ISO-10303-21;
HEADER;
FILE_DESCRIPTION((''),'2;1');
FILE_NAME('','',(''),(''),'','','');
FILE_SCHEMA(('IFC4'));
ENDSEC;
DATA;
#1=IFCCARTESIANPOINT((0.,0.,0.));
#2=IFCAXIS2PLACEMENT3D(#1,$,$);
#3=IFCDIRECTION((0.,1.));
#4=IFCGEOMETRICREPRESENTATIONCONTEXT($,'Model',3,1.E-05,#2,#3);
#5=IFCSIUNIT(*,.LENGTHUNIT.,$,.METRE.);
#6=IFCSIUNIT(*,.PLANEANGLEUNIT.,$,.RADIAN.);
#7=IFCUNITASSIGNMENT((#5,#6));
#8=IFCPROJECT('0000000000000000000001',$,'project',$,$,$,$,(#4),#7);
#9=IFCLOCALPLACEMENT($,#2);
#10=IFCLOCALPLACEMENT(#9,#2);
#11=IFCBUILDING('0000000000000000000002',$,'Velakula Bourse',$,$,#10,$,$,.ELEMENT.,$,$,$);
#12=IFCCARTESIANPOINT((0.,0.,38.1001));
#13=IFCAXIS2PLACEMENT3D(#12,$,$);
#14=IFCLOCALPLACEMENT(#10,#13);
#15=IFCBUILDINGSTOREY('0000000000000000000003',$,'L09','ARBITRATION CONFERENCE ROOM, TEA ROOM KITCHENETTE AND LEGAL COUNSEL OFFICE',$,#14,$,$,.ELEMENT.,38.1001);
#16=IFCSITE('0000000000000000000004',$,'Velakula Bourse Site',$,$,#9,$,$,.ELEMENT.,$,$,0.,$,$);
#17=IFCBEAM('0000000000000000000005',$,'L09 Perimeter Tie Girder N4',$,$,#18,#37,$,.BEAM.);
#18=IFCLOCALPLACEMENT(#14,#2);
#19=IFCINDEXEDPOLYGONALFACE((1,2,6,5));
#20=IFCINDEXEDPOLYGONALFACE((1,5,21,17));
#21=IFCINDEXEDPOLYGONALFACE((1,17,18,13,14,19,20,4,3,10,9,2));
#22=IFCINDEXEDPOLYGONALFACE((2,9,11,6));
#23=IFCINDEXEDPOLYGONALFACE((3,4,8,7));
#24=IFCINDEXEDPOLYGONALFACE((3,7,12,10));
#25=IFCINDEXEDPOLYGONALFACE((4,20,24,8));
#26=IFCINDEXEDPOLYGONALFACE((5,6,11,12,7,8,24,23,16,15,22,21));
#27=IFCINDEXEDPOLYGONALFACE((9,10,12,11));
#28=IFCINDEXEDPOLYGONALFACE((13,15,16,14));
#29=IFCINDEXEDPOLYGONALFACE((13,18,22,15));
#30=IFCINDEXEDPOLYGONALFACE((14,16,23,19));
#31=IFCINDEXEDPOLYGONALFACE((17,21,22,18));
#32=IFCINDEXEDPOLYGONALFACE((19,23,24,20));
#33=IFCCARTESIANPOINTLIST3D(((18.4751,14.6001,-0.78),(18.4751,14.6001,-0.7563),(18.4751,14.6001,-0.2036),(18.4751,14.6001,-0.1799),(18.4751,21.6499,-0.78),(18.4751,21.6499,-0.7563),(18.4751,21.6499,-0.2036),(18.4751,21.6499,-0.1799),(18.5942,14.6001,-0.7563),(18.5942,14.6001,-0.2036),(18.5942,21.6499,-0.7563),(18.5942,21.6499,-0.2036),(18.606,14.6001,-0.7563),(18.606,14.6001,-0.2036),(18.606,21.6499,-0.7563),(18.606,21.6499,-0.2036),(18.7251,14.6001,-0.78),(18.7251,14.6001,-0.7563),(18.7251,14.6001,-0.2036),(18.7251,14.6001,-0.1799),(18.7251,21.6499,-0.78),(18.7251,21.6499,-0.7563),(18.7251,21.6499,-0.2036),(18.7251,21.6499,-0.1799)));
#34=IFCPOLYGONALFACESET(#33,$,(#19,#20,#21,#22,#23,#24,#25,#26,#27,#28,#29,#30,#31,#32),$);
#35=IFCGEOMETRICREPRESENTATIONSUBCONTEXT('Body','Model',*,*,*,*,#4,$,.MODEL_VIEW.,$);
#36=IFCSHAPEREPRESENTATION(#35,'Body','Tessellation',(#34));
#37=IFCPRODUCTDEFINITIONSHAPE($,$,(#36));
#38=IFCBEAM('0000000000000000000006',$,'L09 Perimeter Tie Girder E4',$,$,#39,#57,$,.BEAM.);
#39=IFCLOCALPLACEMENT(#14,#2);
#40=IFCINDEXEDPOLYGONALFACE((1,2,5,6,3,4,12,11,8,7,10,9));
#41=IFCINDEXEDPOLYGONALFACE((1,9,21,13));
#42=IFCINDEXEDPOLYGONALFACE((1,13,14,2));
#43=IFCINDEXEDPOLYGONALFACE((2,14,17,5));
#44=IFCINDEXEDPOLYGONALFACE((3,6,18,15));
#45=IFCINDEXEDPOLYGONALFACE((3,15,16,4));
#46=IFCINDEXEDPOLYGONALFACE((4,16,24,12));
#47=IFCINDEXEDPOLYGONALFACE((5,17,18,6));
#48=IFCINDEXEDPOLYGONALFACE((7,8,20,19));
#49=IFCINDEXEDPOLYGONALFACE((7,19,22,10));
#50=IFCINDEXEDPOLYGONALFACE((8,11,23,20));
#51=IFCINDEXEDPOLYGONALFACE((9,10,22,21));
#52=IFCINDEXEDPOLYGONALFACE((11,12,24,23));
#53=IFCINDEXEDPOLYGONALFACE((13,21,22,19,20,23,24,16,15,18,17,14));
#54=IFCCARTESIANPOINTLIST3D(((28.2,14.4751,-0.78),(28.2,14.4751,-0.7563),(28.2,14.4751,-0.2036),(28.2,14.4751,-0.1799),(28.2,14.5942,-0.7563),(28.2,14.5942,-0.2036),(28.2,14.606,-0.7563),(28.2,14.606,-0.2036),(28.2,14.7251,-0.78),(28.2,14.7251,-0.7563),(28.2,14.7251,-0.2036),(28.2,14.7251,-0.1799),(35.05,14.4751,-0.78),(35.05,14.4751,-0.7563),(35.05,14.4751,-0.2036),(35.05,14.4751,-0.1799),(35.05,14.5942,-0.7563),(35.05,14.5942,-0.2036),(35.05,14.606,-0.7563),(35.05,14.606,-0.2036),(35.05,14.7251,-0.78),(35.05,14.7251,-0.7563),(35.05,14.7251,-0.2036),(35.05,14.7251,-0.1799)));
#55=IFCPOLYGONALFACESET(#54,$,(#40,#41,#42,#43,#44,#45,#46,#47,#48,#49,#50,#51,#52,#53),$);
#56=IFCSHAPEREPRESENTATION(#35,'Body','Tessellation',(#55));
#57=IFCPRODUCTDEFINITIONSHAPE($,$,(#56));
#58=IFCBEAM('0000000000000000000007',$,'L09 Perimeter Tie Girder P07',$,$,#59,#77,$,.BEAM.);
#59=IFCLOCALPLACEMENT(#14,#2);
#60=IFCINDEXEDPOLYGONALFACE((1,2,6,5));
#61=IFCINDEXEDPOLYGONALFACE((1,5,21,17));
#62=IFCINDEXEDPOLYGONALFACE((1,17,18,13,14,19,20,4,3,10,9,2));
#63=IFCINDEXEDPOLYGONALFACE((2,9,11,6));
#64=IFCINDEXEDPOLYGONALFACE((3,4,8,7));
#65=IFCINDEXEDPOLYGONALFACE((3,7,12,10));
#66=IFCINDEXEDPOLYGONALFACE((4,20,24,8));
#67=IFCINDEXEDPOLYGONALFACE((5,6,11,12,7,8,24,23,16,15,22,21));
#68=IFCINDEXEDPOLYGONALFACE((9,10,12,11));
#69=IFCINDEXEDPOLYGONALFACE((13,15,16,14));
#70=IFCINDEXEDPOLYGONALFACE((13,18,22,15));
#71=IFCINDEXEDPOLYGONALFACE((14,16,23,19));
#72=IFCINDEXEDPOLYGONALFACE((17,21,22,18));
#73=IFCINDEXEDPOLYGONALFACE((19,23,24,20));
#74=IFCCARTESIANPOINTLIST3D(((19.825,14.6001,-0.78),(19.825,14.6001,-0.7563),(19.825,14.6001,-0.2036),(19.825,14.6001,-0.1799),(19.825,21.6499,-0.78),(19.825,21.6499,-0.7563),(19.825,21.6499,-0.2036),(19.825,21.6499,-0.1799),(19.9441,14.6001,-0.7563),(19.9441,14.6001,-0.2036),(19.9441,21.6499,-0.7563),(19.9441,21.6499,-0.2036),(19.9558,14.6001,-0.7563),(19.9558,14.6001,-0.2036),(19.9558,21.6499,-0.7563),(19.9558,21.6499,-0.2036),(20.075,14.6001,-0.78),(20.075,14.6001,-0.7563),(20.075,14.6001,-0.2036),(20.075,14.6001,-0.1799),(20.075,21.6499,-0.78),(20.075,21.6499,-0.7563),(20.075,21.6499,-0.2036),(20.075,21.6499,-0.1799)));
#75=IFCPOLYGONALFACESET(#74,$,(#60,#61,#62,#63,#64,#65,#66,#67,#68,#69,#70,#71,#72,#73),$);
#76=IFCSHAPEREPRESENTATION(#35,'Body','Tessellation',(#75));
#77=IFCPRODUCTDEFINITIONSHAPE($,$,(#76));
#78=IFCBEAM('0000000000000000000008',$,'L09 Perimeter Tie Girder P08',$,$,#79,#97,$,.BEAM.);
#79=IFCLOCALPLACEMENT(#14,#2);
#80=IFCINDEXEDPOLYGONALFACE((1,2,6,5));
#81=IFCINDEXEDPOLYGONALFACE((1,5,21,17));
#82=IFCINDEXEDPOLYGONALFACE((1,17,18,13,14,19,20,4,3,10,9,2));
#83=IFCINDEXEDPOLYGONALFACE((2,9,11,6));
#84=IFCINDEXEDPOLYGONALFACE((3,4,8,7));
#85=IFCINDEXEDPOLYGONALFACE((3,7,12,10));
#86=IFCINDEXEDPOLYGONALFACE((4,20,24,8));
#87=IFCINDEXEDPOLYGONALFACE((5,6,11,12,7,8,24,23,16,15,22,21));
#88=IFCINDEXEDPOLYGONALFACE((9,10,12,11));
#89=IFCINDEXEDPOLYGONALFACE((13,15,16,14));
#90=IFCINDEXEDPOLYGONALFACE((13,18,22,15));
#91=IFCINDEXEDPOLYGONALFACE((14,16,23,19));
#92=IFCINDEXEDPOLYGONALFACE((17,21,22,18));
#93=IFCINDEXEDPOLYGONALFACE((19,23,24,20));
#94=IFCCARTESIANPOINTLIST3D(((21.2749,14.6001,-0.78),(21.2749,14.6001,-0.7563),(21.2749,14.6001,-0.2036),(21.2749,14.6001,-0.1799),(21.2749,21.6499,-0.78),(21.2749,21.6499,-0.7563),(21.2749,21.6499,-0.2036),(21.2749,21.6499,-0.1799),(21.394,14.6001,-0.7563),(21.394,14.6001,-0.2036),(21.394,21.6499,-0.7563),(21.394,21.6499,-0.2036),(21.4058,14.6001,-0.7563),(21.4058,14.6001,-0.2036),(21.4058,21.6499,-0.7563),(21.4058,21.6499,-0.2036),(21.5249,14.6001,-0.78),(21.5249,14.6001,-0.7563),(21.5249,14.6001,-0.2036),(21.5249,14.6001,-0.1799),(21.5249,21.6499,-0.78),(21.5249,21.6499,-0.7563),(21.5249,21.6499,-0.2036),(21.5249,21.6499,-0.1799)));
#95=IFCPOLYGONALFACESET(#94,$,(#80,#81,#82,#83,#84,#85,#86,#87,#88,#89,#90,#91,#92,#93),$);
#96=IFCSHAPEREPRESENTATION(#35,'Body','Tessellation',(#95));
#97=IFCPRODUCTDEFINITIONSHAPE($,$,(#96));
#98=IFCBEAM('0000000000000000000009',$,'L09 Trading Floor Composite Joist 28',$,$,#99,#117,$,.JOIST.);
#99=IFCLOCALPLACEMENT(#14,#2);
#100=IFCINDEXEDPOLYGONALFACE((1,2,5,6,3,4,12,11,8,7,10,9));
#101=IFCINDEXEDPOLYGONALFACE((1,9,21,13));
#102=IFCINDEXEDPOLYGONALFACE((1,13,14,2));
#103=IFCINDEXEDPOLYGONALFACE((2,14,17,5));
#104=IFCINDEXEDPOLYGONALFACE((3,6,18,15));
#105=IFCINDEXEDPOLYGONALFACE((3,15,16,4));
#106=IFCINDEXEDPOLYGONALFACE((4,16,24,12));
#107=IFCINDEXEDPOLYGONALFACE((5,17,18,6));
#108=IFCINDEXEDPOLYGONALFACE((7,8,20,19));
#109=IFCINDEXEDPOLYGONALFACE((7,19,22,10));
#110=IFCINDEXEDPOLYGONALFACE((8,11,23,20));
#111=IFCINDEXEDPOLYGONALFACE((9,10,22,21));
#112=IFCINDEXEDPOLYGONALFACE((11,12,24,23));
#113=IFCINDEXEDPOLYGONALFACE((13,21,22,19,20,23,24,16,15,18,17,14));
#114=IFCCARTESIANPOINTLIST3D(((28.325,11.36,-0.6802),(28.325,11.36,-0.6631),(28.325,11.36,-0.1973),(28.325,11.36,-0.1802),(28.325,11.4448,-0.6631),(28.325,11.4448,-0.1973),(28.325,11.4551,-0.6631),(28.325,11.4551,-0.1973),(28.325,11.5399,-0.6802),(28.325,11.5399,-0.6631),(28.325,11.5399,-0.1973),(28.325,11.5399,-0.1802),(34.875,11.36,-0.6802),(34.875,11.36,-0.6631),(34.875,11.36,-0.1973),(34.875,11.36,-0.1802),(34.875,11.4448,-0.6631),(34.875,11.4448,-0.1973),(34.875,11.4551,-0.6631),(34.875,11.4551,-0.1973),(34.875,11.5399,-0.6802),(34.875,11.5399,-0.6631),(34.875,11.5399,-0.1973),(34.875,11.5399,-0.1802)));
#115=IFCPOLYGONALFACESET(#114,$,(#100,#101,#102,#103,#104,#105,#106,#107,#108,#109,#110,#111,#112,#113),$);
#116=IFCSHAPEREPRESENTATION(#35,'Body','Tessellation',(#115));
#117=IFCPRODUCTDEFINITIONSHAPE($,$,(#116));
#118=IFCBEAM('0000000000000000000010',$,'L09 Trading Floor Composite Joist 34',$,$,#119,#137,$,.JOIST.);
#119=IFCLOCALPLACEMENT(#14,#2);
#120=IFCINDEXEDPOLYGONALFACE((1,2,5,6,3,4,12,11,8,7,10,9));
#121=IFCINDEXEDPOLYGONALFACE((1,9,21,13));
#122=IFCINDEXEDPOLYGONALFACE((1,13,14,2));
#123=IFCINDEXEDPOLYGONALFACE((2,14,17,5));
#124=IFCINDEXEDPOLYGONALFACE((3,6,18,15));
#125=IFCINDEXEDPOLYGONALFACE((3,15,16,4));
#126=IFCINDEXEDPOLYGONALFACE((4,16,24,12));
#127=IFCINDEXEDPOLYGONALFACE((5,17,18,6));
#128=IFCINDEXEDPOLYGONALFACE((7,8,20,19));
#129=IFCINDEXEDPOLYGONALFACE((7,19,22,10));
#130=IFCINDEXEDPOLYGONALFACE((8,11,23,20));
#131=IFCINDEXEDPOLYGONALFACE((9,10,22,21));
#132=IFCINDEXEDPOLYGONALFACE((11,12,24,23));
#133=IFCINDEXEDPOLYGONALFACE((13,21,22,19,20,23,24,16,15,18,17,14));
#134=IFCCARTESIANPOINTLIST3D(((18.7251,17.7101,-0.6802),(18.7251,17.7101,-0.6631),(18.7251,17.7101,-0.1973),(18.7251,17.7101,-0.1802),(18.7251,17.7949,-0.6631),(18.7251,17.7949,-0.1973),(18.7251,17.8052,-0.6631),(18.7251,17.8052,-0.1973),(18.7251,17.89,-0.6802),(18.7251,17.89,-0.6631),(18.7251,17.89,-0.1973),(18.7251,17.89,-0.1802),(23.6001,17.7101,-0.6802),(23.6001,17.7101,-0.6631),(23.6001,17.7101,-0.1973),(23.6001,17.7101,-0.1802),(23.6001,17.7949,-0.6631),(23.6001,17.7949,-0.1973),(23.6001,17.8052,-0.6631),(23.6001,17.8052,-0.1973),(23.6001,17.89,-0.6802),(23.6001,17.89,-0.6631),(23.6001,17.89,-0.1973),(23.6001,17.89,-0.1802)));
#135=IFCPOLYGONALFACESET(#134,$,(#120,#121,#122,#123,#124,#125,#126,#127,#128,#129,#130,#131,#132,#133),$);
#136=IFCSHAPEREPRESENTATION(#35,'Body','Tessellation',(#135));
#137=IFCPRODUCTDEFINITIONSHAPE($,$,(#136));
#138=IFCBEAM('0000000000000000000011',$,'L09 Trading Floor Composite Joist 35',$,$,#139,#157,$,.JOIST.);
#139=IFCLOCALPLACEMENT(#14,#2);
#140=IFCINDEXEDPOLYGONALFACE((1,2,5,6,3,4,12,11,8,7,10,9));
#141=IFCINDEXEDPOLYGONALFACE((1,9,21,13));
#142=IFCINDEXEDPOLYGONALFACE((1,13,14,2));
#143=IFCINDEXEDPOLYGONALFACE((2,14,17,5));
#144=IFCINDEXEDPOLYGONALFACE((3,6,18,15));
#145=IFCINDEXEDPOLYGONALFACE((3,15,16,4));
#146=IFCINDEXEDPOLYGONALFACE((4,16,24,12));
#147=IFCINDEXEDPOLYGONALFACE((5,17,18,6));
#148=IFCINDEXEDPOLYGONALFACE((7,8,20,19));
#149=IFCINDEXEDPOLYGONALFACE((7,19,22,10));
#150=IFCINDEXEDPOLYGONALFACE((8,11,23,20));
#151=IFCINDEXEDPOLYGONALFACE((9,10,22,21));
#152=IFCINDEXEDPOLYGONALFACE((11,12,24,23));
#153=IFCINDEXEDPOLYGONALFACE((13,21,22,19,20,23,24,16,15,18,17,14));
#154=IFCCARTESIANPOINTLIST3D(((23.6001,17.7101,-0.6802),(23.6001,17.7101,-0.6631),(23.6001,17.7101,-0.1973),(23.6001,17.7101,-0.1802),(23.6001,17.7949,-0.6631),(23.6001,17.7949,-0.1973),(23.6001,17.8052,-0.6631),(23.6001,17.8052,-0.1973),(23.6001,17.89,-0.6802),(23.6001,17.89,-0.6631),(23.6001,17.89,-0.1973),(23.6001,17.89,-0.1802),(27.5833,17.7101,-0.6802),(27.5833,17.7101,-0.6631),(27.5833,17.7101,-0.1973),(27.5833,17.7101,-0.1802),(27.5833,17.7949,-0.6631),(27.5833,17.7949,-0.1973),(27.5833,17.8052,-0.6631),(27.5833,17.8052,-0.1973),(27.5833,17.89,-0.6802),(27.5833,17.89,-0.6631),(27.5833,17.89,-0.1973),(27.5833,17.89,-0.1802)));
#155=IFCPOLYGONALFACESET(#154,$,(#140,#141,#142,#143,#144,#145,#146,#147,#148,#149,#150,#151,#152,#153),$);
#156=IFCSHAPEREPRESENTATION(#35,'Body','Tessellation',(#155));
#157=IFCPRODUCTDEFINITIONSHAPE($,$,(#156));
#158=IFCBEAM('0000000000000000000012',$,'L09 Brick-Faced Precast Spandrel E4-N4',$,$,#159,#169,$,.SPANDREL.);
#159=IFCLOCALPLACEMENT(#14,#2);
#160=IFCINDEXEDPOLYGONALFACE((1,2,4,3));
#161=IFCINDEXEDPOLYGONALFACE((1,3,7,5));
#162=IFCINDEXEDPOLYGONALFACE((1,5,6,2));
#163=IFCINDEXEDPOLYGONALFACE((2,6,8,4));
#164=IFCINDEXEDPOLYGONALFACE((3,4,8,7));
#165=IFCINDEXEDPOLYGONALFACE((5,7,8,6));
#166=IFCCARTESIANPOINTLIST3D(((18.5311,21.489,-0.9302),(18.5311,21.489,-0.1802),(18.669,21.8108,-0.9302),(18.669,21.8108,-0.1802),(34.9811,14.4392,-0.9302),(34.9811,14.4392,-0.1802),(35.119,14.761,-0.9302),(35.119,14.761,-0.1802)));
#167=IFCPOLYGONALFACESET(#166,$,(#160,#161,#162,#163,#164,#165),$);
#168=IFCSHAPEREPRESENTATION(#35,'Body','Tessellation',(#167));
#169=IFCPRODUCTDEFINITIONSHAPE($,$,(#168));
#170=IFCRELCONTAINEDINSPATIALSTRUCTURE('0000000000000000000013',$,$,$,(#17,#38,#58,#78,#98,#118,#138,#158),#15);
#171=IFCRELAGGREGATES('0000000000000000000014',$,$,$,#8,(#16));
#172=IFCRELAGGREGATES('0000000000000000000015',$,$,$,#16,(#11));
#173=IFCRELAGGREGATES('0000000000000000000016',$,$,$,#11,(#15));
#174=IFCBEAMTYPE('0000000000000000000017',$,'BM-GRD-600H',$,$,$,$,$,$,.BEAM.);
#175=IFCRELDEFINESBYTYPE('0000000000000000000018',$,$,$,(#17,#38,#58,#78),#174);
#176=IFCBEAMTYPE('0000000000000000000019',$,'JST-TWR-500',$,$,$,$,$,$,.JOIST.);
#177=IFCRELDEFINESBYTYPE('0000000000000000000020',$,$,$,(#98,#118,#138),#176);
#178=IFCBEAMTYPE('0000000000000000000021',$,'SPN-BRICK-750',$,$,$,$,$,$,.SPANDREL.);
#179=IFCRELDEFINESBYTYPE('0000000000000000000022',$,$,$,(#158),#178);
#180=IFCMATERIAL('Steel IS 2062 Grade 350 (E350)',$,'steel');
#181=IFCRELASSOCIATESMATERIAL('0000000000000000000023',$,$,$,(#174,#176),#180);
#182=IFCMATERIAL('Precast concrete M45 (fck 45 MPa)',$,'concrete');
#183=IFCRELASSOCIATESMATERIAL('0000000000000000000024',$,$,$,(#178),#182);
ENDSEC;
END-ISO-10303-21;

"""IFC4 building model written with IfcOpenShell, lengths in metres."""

from ifc_helpers import new_model, si_unit, direction, frame, origin, origin_2d, place, context, subcontext, project, spatial, rectangle, i_section, extrude, material, material_profile, profile_set, type_object, element, save


model = new_model("IFC4")

# Units and contexts
model_context = context("Model", 3, precision=1e-05, world=origin(), true_north=direction((0.0, 1.0)))
body_context = subcontext(model_context, "Body", "Model", "MODEL_VIEW")
ifc_project = project(units=[si_unit("LENGTHUNIT", "METRE"), si_unit("PLANEANGLEUNIT", "RADIAN")], contexts=[model_context])

# Site, building, storey
site_placement = place(None, origin())
site = spatial("IfcSite", under=ifc_project, at=site_placement, Name="Velakula Bourse Site", CompositionType="ELEMENT", RefElevation=0.0)
building_placement = place(site_placement, origin())
building = spatial("IfcBuilding", under=site, at=building_placement, Name="Velakula Bourse", CompositionType="ELEMENT")
storey_placement = place(building_placement, frame((0.0, 0.0, 38.1001)))
storey = spatial("IfcBuildingStorey", under=building, at=storey_placement, Name="L09", Description="ARBITRATION CONFERENCE ROOM, TEA ROOM KITCHENETTE AND LEGAL COUNSEL OFFICE", CompositionType="ELEMENT", Elevation=38.1001)

# Shared definitions
ifc_material_1 = material(Name="Precast concrete M45 (fck 45 MPa)", Category="concrete")

# Beams
ifc_material_2 = material(Name="Steel IS 2062 Grade 350 (E350)", Category="steel")
ifc_material_profile_1 = material_profile(ifc_material_2, i_section(OverallWidth=0.25, OverallDepth=0.6001, WebThickness=0.0117, FlangeThickness=0.0237, at=origin_2d()), Name="Steel IS 2062 Grade 350 (E350)")
ifc_profile_set_1 = profile_set([ifc_material_profile_1], Name="Steel IS 2062 Grade 350 (E350)")
beam_type_1 = type_object("IfcBeamType", Name="BM-GRD-600H", PredefinedType="BEAM", material=ifc_profile_set_1)
beam_1_placement = place(storey_placement, frame((18.6001, 14.6001, -0.48), z_axis=(0.0, 1.0, 0.0), x_axis=(-1.0, 0.0, 0.0)))
element("IfcBeam", 1, at=beam_1_placement, inside=storey, type_object=beam_type_1, Name="L09 Perimeter Tie Girder N4", PredefinedType="BEAM", context=body_context, shape_type="SweptSolid", body=[
    extrude(i_section(OverallWidth=0.25, OverallDepth=0.6001, WebThickness=0.0117, FlangeThickness=0.0237, at=origin_2d()), origin(), (0.0, 0.0, 1.0), 7.0498),
])
beam_2_placement = place(storey_placement, frame((28.2, 14.6001, -0.48), z_axis=(1.0, 0.0, 0.0), x_axis=(0.0, 1.0, 0.0)))
element("IfcBeam", 2, at=beam_2_placement, inside=storey, type_object=beam_type_1, Name="L09 Perimeter Tie Girder E4", PredefinedType="BEAM", context=body_context, shape_type="SweptSolid", body=[
    extrude(i_section(OverallWidth=0.25, OverallDepth=0.6001, WebThickness=0.0117, FlangeThickness=0.0237, at=origin_2d()), origin(), (0.0, 0.0, 1.0), 6.8501),
])
for number, where, z_axis, x_axis, name in (
    (3, (19.95, 14.6001, -0.48), (0.0, 1.0, 0.0), (-1.0, 0.0, 0.0), "L09 Perimeter Tie Girder P07"),
    (4, (21.3999, 14.6001, -0.48), (0.0, 1.0, 0.0), (-1.0, 0.0, 0.0), "L09 Perimeter Tie Girder P08"),
):
    element("IfcBeam", number, at=place(storey_placement, frame(where, z_axis=z_axis, x_axis=x_axis)), inside=storey, type_object=beam_type_1, Name=name, PredefinedType="BEAM", context=body_context, shape_type="SweptSolid", body=[
        extrude(i_section(OverallWidth=0.25, OverallDepth=0.6001, WebThickness=0.0117, FlangeThickness=0.0237, at=origin_2d()), origin(), (0.0, 0.0, 1.0), 7.0498),
    ])
ifc_material_profile_2 = material_profile(ifc_material_2, i_section(OverallWidth=0.1799, OverallDepth=0.5, WebThickness=0.0103, FlangeThickness=0.0171, at=origin_2d()), Name="Steel IS 2062 Grade 350 (E350)")
ifc_profile_set_2 = profile_set([ifc_material_profile_2], Name="Steel IS 2062 Grade 350 (E350)")
beam_type_2 = type_object("IfcBeamType", Name="JST-TWR-500", PredefinedType="JOIST", material=ifc_profile_set_2)
beam_3_placement = place(storey_placement, frame((28.325, 11.45, -0.4302), z_axis=(1.0, 0.0, 0.0), x_axis=(0.0, 1.0, 0.0)))
element("IfcBeam", 5, at=beam_3_placement, inside=storey, type_object=beam_type_2, Name="L09 Trading Floor Composite Joist 28", PredefinedType="JOIST", context=body_context, shape_type="SweptSolid", body=[
    extrude(i_section(OverallWidth=0.1799, OverallDepth=0.5, WebThickness=0.0103, FlangeThickness=0.0171, at=origin_2d()), origin(), (0.0, 0.0, 1.0), 6.55),
])
beam_4_placement = place(storey_placement, frame((18.7251, 17.8, -0.4302), z_axis=(1.0, 0.0, 0.0), x_axis=(0.0, 1.0, 0.0)))
element("IfcBeam", 6, at=beam_4_placement, inside=storey, type_object=beam_type_2, Name="L09 Trading Floor Composite Joist 34", PredefinedType="JOIST", context=body_context, shape_type="SweptSolid", body=[
    extrude(i_section(OverallWidth=0.1799, OverallDepth=0.5, WebThickness=0.0103, FlangeThickness=0.0171, at=origin_2d()), origin(), (0.0, 0.0, 1.0), 4.875),
])
beam_5_placement = place(storey_placement, frame((23.6001, 17.8, -0.4302), z_axis=(1.0, 0.0, 0.0), x_axis=(0.0, 1.0, 0.0)))
element("IfcBeam", 7, at=beam_5_placement, inside=storey, type_object=beam_type_2, Name="L09 Trading Floor Composite Joist 35", PredefinedType="JOIST", context=body_context, shape_type="SweptSolid", body=[
    extrude(i_section(OverallWidth=0.1799, OverallDepth=0.5, WebThickness=0.0103, FlangeThickness=0.0171, at=origin_2d()), origin(), (0.0, 0.0, 1.0), 3.9832),
])
ifc_material_profile_3 = material_profile(ifc_material_1, rectangle(XDim=0.3501, YDim=0.75, at=origin_2d()), Name="Precast concrete M45 (fck 45 MPa)")
ifc_profile_set_3 = profile_set([ifc_material_profile_3], Name="Precast concrete M45 (fck 45 MPa)")
beam_type_3 = type_object("IfcBeamType", Name="SPN-BRICK-750", PredefinedType="SPANDREL", material=ifc_profile_set_3)
beam_6_placement = place(storey_placement, frame((35.05, 14.6001, -0.5552), z_axis=(-0.919149, 0.393911, 0.0), x_axis=(-0.393911, -0.919149, 0.0)))
element("IfcBeam", 8, at=beam_6_placement, inside=storey, type_object=beam_type_3, Name="L09 Brick-Faced Precast Spandrel E4-N4", PredefinedType="SPANDREL", context=body_context, shape_type="SweptSolid", body=[
    extrude(rectangle(XDim=0.3501, YDim=0.75, at=origin_2d()), origin(), (0.0, 0.0, 1.0), 17.897),
])

save(model, "model.ifc")
